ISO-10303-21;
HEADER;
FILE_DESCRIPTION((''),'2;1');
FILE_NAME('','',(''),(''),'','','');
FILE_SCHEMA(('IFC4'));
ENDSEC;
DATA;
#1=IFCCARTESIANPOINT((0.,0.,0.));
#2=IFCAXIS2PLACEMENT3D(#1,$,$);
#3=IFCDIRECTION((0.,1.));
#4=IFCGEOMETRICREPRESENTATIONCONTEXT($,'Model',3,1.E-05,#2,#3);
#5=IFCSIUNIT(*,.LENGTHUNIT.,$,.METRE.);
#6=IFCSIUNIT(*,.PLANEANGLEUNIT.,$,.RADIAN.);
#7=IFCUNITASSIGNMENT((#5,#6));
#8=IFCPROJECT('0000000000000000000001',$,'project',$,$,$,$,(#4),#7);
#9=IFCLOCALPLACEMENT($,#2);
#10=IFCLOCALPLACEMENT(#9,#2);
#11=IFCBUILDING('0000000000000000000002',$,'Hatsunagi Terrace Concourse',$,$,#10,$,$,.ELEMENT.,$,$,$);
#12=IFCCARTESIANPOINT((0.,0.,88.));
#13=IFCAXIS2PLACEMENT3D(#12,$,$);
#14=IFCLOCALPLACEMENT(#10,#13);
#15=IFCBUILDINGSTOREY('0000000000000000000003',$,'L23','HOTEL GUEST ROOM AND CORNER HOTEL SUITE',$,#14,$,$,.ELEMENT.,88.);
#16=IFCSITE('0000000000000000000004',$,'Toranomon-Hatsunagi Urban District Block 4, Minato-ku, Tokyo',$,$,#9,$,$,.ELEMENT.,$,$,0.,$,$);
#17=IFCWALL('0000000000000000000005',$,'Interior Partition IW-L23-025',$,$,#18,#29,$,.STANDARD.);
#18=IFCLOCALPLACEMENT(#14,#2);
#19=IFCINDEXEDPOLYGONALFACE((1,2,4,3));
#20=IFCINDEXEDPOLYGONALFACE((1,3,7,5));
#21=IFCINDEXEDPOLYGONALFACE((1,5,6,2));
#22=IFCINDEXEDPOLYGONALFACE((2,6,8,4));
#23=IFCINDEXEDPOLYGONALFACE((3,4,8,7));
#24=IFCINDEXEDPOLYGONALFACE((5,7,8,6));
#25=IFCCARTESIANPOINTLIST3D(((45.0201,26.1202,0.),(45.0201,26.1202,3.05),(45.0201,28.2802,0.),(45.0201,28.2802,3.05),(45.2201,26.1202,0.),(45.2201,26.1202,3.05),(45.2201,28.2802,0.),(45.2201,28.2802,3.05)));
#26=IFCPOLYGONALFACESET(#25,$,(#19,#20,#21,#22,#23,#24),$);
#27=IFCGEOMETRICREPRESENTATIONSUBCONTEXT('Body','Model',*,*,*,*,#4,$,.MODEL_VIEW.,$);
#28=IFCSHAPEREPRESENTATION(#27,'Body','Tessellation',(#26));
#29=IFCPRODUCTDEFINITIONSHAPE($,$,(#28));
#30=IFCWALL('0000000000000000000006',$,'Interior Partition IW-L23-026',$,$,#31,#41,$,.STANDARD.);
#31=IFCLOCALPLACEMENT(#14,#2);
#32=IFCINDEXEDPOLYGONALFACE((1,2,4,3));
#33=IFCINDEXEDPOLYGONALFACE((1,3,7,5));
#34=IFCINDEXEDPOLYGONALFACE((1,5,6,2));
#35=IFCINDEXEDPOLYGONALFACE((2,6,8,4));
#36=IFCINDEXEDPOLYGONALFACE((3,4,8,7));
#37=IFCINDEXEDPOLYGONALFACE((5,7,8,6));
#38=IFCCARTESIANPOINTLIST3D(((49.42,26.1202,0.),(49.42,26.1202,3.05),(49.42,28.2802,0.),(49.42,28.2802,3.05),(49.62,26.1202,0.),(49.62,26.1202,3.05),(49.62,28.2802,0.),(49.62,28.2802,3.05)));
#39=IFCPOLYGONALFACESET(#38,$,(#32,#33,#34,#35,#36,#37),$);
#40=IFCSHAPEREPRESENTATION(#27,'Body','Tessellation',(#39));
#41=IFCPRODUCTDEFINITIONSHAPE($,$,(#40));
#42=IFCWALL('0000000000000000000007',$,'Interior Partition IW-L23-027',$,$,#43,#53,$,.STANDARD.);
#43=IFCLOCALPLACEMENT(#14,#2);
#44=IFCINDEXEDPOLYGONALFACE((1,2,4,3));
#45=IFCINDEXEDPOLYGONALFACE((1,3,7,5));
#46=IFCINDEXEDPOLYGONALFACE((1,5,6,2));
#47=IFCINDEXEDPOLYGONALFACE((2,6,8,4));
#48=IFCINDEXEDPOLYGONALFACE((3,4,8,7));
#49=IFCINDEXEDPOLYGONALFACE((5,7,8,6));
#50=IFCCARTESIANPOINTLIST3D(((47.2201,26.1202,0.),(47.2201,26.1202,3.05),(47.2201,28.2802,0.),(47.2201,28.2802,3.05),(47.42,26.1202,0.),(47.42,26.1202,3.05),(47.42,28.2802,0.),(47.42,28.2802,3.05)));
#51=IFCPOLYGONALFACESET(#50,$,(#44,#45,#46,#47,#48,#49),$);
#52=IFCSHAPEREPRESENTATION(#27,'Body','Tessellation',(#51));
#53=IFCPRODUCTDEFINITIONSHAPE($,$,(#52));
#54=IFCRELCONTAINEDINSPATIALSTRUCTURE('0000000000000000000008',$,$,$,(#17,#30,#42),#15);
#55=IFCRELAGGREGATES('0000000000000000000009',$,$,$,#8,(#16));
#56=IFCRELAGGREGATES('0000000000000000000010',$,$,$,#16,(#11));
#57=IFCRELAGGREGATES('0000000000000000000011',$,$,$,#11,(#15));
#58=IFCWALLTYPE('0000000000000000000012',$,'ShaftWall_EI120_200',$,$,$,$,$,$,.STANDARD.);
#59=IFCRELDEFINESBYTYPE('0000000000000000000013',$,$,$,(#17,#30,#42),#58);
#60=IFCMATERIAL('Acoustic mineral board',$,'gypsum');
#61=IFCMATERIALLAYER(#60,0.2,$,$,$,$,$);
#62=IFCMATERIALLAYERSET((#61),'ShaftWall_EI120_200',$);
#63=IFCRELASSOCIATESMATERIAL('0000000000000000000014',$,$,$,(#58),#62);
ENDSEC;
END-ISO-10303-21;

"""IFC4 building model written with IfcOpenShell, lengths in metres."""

from ifc_helpers import new_model, si_unit, direction, frame, frame_2d, origin, place, context, subcontext, project, spatial, rectangle, extrude, material, layer, layer_set, type_object, element, save


model = new_model("IFC4")

# Units and contexts
model_context = context("Model", 3, precision=1e-05, world=origin(), true_north=direction((0.0, 1.0)))
body_context = subcontext(model_context, "Body", "Model", "MODEL_VIEW")
ifc_project = project(units=[si_unit("LENGTHUNIT", "METRE"), si_unit("PLANEANGLEUNIT", "RADIAN")], contexts=[model_context])

# Site, building, storey
site_placement = place(None, origin())
site = spatial("IfcSite", under=ifc_project, at=site_placement, Name="Toranomon-Hatsunagi Urban District Block 4, Minato-ku, Tokyo", CompositionType="ELEMENT", RefElevation=0.0)
building_placement = place(site_placement, origin())
building = spatial("IfcBuilding", under=site, at=building_placement, Name="Hatsunagi Terrace Concourse", CompositionType="ELEMENT")
storey_placement = place(building_placement, frame((0.0, 0.0, 88.0)))
storey = spatial("IfcBuildingStorey", under=building, at=storey_placement, Name="L23", Description="HOTEL GUEST ROOM AND CORNER HOTEL SUITE", CompositionType="ELEMENT", Elevation=88.0)

# Walls
ifc_material_1 = material(Name="Acoustic mineral board", Category="gypsum")
ifc_layer_1 = layer(ifc_material_1, 0.2)
ifc_layer_set_1 = layer_set([ifc_layer_1], Name="ShaftWall_EI120_200")
wall_type = type_object("IfcWallType", Name="ShaftWall_EI120_200", PredefinedType="STANDARD", material=ifc_layer_set_1)
for number, where, z_axis, x_axis, name in (
    (1, (45.1201, 26.1201, 0.0), (0.0, 0.0, 1.0), (0.0, 1.0, 0.0), "Interior Partition IW-L23-025"),
    (2, (49.52, 26.1201, 0.0), (0.0, 0.0, 1.0), (0.0, 1.0, 0.0), "Interior Partition IW-L23-026"),
    (3, (47.3201, 26.1201, 0.0), (0.0, 0.0, 1.0), (0.0, 1.0, 0.0), "Interior Partition IW-L23-027"),
):
    element("IfcWall", number, at=place(storey_placement, frame(where, z_axis=z_axis, x_axis=x_axis)), inside=storey, type_object=wall_type, Name=name, PredefinedType="STANDARD", context=body_context, shape_type="SweptSolid", body=[
        extrude(rectangle(XDim=2.1599, YDim=0.2, at=frame_2d((1.0801, 0.0))), origin(), (0.0, 0.0, 1.0), 3.05),
    ])

save(model, "model.ifc")
